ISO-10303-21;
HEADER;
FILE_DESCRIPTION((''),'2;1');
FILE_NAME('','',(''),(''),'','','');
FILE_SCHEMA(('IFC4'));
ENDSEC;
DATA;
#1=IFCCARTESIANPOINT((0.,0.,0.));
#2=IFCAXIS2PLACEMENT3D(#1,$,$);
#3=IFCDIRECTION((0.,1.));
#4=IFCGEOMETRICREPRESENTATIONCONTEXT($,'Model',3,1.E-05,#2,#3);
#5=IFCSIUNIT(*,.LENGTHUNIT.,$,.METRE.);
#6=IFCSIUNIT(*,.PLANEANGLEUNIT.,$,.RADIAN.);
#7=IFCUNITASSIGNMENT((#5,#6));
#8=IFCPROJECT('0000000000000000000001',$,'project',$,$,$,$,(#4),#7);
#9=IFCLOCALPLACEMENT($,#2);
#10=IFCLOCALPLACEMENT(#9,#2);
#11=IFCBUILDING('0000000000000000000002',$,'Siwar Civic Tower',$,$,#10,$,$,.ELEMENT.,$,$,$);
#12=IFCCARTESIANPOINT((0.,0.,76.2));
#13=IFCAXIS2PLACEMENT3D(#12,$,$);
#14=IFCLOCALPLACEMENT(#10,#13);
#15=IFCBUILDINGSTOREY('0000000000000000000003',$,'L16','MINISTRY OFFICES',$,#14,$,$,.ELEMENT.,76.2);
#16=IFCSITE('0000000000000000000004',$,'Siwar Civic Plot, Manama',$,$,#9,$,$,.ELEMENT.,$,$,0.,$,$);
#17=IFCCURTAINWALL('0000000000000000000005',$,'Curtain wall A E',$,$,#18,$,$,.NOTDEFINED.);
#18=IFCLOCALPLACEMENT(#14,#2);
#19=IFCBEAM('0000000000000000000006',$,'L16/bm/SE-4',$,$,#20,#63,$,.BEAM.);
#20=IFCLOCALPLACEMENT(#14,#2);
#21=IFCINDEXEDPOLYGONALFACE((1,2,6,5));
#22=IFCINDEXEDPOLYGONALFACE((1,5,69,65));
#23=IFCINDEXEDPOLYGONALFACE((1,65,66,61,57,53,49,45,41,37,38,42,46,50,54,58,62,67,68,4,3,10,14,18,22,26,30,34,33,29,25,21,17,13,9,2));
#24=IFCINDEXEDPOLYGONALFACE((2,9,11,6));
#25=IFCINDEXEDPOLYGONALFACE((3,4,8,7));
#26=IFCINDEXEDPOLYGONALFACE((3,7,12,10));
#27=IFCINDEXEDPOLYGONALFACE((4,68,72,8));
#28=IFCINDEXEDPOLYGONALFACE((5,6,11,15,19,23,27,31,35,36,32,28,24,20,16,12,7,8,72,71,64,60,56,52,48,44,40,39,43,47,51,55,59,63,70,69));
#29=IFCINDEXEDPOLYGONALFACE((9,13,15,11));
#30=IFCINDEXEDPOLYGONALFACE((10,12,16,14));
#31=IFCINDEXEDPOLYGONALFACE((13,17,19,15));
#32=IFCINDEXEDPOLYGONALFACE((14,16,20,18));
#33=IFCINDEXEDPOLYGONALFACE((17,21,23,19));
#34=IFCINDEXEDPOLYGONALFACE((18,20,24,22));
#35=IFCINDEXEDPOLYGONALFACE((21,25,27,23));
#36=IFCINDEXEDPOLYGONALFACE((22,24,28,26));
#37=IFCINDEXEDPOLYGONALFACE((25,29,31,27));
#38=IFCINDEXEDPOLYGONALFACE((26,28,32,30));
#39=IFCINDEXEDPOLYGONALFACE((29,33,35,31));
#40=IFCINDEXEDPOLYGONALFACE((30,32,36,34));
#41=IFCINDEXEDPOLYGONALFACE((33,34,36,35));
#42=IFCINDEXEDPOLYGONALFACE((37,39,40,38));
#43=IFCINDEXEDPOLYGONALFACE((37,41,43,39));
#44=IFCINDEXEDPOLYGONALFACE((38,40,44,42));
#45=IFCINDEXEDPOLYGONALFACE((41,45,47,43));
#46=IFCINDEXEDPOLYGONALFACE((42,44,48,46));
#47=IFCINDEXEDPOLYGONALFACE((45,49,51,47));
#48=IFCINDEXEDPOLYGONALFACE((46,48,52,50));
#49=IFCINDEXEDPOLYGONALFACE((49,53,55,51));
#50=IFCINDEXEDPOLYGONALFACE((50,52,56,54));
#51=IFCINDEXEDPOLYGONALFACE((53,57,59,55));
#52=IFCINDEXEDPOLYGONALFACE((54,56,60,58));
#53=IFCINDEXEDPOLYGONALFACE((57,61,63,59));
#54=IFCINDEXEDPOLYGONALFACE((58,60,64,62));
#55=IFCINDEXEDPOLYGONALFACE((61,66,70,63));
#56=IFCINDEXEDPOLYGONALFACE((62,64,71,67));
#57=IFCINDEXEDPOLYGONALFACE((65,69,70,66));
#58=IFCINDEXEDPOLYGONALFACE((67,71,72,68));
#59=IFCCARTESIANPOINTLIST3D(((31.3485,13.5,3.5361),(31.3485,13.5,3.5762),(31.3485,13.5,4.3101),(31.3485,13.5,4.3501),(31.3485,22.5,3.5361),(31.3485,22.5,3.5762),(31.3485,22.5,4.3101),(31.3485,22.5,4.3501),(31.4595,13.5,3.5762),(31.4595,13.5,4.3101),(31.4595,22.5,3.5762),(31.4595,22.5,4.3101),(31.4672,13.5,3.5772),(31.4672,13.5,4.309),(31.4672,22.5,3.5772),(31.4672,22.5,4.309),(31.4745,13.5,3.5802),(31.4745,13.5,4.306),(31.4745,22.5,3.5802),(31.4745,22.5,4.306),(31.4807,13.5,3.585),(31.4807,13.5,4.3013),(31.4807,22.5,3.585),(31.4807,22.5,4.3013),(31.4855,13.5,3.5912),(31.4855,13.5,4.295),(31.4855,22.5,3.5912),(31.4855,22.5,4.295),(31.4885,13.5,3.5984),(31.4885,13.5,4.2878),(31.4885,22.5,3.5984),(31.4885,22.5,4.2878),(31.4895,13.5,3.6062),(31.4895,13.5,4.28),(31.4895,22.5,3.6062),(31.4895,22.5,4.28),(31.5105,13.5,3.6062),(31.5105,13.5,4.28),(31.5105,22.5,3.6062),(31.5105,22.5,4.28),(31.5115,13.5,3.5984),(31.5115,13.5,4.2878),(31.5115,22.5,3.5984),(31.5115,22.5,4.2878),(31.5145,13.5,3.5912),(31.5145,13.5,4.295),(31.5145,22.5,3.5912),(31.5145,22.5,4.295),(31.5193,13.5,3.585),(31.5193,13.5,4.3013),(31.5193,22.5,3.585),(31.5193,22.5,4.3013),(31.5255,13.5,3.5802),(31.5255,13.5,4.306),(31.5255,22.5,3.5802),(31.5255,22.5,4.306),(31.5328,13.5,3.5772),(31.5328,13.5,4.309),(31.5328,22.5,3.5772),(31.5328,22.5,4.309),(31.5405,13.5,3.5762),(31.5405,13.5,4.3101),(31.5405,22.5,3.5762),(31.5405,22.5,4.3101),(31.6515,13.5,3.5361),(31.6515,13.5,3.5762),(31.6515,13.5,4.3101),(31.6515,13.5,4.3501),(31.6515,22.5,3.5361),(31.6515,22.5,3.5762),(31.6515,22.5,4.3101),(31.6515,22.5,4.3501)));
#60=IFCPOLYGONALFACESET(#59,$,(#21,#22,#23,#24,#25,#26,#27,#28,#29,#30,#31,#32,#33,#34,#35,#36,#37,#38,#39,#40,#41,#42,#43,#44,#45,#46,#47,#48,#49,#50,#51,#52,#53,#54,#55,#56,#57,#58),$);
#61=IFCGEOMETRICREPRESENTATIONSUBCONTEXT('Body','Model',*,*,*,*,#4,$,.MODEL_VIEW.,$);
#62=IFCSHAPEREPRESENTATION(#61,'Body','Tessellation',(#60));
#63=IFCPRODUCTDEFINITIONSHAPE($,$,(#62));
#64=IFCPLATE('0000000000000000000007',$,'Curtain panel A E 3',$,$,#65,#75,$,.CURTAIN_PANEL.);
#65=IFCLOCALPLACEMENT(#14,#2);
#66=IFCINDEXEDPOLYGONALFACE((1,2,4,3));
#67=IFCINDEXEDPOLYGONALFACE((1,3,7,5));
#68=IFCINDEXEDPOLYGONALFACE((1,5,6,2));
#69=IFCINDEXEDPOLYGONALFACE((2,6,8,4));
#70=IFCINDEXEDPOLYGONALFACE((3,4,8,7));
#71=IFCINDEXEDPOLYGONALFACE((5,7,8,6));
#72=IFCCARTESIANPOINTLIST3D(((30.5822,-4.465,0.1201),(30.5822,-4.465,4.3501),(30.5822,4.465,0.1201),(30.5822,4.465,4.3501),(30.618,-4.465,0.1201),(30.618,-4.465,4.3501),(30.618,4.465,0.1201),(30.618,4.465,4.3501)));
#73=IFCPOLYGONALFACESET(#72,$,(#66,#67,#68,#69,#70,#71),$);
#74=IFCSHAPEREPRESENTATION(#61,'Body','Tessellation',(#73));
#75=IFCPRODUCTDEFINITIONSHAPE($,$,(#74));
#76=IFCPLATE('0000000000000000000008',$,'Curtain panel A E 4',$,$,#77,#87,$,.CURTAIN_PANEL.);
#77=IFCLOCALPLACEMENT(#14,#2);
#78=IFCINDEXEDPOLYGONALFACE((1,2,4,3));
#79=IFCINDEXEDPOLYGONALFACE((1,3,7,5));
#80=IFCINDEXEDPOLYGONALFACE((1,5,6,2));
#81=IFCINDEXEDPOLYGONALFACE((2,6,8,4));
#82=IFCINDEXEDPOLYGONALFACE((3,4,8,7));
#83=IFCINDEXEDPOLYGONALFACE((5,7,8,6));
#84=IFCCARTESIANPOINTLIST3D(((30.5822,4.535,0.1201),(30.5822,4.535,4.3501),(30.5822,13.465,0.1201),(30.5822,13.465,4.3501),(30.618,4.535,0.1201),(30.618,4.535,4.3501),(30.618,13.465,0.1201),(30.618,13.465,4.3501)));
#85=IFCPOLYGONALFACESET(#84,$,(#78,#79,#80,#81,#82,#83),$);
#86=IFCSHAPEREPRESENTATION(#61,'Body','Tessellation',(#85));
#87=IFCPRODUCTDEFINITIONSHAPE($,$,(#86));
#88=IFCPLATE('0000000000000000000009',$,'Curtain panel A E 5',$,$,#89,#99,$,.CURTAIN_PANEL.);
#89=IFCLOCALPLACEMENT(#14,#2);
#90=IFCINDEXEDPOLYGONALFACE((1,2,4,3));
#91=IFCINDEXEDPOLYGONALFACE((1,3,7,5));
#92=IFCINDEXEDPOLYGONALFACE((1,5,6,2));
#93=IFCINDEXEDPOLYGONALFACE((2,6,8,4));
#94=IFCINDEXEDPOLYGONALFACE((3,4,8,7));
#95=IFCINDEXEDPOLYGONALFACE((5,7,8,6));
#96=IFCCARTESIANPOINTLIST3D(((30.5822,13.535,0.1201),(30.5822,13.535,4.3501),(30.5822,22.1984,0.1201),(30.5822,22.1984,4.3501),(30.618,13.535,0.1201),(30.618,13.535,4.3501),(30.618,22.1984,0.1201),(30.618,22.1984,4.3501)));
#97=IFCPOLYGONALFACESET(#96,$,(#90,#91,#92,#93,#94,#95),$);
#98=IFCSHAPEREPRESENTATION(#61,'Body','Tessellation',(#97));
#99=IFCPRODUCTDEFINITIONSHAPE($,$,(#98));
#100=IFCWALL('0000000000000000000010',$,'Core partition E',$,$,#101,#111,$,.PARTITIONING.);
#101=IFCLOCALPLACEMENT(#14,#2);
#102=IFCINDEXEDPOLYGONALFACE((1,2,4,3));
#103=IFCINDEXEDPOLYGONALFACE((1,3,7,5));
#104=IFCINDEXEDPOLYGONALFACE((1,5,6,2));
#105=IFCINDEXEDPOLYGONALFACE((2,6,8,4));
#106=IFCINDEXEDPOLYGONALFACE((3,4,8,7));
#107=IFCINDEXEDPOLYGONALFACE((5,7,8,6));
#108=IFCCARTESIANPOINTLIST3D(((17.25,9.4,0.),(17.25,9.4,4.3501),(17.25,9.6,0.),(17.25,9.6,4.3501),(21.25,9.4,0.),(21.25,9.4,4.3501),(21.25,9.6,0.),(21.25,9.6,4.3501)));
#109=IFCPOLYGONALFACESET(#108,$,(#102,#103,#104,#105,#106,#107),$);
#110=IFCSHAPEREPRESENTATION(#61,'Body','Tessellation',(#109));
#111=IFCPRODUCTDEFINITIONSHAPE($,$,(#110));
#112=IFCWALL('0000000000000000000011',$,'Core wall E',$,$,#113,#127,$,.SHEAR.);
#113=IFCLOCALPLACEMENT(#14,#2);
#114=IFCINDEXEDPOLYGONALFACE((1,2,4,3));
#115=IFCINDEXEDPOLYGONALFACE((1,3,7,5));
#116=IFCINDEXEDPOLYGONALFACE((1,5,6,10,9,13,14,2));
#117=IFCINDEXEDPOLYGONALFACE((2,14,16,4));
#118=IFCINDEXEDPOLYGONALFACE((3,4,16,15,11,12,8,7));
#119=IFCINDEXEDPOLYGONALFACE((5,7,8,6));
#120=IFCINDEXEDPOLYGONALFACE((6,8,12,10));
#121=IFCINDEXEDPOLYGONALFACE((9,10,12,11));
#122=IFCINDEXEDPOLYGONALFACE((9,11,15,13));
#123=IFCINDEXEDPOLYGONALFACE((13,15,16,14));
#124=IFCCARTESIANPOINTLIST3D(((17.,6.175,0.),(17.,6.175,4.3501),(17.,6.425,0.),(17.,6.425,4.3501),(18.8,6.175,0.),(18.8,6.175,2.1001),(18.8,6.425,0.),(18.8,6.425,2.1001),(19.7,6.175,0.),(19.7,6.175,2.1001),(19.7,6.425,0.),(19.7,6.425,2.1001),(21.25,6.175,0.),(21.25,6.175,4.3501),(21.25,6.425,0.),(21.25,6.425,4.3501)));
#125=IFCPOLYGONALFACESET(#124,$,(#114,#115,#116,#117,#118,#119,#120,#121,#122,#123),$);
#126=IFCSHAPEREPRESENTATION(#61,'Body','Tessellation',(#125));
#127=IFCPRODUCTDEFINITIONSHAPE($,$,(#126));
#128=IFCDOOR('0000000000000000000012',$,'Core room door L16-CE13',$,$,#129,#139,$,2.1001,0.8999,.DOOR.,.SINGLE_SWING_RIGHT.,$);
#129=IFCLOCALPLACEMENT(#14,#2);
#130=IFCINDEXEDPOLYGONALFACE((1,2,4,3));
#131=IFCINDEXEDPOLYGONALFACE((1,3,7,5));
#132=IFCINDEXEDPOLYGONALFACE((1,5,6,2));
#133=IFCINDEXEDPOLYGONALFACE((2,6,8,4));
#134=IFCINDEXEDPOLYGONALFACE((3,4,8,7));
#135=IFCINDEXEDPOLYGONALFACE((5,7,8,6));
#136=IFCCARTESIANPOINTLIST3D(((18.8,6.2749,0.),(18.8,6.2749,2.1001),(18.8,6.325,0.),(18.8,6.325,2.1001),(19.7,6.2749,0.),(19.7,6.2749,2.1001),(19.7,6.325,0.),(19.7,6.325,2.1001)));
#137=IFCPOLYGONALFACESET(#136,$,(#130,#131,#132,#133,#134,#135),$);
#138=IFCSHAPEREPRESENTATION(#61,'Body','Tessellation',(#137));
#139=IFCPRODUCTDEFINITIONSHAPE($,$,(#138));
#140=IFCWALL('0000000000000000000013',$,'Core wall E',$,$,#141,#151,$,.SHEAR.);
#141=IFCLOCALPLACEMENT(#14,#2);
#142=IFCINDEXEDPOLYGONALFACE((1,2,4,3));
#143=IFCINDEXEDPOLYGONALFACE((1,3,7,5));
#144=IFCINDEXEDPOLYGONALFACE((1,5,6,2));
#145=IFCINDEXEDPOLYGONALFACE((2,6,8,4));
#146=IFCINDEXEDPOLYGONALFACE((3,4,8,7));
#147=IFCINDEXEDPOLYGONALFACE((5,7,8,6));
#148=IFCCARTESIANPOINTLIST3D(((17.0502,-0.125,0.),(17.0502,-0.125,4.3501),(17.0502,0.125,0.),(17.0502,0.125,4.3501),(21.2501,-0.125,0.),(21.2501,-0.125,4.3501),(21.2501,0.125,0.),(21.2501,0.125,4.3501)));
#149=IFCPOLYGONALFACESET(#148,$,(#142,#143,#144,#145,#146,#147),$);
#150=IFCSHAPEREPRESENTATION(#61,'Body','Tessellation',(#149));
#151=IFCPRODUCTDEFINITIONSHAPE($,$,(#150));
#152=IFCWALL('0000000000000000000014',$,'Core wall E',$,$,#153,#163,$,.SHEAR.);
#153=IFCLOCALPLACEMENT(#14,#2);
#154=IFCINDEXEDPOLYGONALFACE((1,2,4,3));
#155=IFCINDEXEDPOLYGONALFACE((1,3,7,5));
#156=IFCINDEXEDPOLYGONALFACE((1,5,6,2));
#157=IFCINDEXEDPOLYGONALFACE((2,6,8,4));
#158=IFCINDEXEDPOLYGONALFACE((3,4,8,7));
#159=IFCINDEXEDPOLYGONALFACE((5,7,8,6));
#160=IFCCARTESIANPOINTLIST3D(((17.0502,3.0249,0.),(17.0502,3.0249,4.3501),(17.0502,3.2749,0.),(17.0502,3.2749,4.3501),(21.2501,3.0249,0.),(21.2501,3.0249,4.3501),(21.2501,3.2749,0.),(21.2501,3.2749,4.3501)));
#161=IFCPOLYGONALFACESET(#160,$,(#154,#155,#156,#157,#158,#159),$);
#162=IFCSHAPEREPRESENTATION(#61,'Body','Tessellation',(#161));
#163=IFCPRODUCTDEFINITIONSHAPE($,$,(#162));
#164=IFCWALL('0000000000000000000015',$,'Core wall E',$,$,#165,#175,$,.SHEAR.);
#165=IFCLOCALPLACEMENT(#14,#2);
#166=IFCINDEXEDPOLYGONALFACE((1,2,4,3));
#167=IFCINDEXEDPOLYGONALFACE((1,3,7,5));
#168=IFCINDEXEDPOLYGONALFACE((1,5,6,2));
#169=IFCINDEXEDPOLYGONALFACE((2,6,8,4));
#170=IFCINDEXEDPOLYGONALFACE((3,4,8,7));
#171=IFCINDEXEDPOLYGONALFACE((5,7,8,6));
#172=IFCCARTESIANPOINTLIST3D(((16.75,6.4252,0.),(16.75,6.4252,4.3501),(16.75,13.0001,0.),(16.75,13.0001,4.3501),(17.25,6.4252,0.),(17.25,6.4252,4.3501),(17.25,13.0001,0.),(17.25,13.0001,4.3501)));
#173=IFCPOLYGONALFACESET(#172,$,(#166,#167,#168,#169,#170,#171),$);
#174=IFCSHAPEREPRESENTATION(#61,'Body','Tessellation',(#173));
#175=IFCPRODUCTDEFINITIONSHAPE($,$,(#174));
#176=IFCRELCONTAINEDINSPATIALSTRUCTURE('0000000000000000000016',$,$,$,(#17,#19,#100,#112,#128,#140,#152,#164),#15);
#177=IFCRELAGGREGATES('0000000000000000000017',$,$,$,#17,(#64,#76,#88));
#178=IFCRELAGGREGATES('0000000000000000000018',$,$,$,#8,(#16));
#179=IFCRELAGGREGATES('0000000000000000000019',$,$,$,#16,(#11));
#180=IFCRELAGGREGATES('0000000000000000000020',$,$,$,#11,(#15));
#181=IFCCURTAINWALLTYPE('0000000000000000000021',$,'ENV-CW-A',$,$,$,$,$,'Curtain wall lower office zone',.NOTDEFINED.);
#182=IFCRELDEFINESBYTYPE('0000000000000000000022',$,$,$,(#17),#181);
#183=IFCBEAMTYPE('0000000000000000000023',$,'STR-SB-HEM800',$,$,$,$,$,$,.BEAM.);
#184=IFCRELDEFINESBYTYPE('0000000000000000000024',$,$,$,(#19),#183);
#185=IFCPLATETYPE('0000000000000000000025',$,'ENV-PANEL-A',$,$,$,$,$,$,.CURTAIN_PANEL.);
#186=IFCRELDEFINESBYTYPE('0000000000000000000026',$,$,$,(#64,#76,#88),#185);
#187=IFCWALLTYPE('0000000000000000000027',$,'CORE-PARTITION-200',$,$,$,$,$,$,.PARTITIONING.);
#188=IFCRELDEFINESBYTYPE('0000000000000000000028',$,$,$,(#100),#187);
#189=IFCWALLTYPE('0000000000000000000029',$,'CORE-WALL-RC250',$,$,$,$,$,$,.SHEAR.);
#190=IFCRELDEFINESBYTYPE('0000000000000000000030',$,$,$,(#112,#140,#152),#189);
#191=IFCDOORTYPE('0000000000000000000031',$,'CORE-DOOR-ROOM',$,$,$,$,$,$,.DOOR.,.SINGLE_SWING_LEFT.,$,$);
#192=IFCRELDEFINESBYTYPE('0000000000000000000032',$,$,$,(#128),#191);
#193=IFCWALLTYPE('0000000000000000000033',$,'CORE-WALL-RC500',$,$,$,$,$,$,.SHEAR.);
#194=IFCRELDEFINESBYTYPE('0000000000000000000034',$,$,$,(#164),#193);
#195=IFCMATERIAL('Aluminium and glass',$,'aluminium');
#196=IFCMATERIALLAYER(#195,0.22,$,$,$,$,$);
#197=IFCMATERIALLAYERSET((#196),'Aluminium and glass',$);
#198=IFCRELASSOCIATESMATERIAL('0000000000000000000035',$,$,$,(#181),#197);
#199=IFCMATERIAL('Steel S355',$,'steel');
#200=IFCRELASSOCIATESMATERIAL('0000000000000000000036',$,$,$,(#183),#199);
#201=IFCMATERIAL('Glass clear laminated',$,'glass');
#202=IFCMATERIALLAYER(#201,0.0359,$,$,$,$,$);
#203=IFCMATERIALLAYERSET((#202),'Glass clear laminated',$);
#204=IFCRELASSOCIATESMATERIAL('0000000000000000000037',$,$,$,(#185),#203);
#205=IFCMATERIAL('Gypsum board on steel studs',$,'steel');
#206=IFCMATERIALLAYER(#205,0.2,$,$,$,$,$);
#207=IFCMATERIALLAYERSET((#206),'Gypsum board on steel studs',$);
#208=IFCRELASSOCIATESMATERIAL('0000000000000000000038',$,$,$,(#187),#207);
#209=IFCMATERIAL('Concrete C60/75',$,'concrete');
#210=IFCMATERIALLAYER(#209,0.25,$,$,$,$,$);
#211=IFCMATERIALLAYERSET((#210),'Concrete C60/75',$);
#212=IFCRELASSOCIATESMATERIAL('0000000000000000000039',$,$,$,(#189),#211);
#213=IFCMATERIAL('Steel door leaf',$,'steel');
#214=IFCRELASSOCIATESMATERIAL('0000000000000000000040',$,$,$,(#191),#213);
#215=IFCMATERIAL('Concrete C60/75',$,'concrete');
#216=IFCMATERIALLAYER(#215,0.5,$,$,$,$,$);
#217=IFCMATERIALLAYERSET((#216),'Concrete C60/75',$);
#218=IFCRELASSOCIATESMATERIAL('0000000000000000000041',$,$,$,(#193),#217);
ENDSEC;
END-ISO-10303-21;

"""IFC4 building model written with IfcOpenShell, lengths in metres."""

from ifc_helpers import new_model, si_unit, direction, frame, frame_2d, origin, origin_2d, place, context, subcontext, project, spatial, rectangle, i_section, extrude, material, layer, layer_set, material_profile, profile_set, type_object, element, fill, aggregate, save


model = new_model("IFC4")

# Units and contexts
model_context = context("Model", 3, precision=1e-05, world=origin(), true_north=direction((0.0, 1.0)))
body_context = subcontext(model_context, "Body", "Model", "MODEL_VIEW")
ifc_project = project(units=[si_unit("LENGTHUNIT", "METRE"), si_unit("PLANEANGLEUNIT", "RADIAN")], contexts=[model_context])

# Site, building, storey
site_placement = place(None, origin())
site = spatial("IfcSite", under=ifc_project, at=site_placement, Name="Siwar Civic Plot, Manama", CompositionType="ELEMENT", RefElevation=0.0)
building_placement = place(site_placement, origin())
building = spatial("IfcBuilding", under=site, at=building_placement, Name="Siwar Civic Tower", CompositionType="ELEMENT")
storey_placement = place(building_placement, frame((0.0, 0.0, 76.2)))
storey = spatial("IfcBuildingStorey", under=building, at=storey_placement, Name="L16", Description="MINISTRY OFFICES", CompositionType="ELEMENT", Elevation=76.2)

# Curtain wall
ifc_material_1 = material(Name="Aluminium and glass", Category="aluminium")
ifc_layer_1 = layer(ifc_material_1, 0.22)
ifc_layer_set_1 = layer_set([ifc_layer_1], Name="Aluminium and glass")
curtain_wall_type = type_object("IfcCurtainWallType", Name="ENV-CW-A", ElementType="Curtain wall lower office zone", PredefinedType="NOTDEFINED", material=ifc_layer_set_1)
curtain_wall_placement = place(storey_placement, origin())
curtain_wall = element("IfcCurtainWall", 1, at=curtain_wall_placement, inside=storey, type_object=curtain_wall_type, Name="Curtain wall A E", PredefinedType="NOTDEFINED")

# Beam
ifc_material_2 = material(Name="Steel S355", Category="steel")
ifc_material_profile_1 = material_profile(ifc_material_2, i_section(OverallWidth=0.303, OverallDepth=0.814, WebThickness=0.021, FlangeThickness=0.04, FilletRadius=0.03, at=origin_2d()), Name="HEM800")
ifc_profile_set_1 = profile_set([ifc_material_profile_1], Name="Steel S355")
beam_type_1 = type_object("IfcBeamType", Name="STR-SB-HEM800", PredefinedType="BEAM", material=ifc_profile_set_1)
for number, where, z_axis, x_axis, name in (
    (2, (31.5, 13.5, 3.9431), (0.0, 1.0, 0.0), (-1.0, 0.0, 0.0), "L16/bm/SE-4"),
):
    element("IfcBeam", number, at=place(storey_placement, frame(where, z_axis=z_axis, x_axis=x_axis)), inside=storey, type_object=beam_type_1, Name=name, PredefinedType="BEAM", context=body_context, shape_type="SweptSolid", body=[
        extrude(i_section(OverallWidth=0.303, OverallDepth=0.814, WebThickness=0.021, FlangeThickness=0.04, FilletRadius=0.03, at=origin_2d()), origin(), (0.0, 0.0, 1.0), 9.0),
    ])

# Plates
ifc_material_3 = material(Name="Glass clear laminated", Category="glass")
ifc_layer_2 = layer(ifc_material_3, 0.0359)
ifc_layer_set_2 = layer_set([ifc_layer_2], Name="Glass clear laminated")
plate_type = type_object("IfcPlateType", Name="ENV-PANEL-A", PredefinedType="CURTAIN_PANEL", material=ifc_layer_set_2)
plate_1_placement = place(storey_placement, frame((30.6001, 0.0, 0.1201), z_axis=(0.0, 0.0, 1.0), x_axis=(0.0, 1.0, 0.0)))
plate_1 = element("IfcPlate", 3, at=plate_1_placement, type_object=plate_type, Name="Curtain panel A E 3", PredefinedType="CURTAIN_PANEL", context=body_context, shape_type="SweptSolid", body=[
    extrude(rectangle(XDim=8.9299, YDim=0.0359, at=origin_2d()), origin(), (0.0, 0.0, 1.0), 4.23),
])
plate_2_placement = place(storey_placement, frame((30.6001, 9.0, 0.1201), z_axis=(0.0, 0.0, 1.0), x_axis=(0.0, 1.0, 0.0)))
plate_2 = element("IfcPlate", 4, at=plate_2_placement, type_object=plate_type, Name="Curtain panel A E 4", PredefinedType="CURTAIN_PANEL", context=body_context, shape_type="SweptSolid", body=[
    extrude(rectangle(XDim=8.9299, YDim=0.0359, at=origin_2d()), origin(), (0.0, 0.0, 1.0), 4.23),
])
plate_3_placement = place(storey_placement, frame((30.6001, 17.8667, 0.1201), z_axis=(0.0, 0.0, 1.0), x_axis=(0.0, 1.0, 0.0)))
plate_3 = element("IfcPlate", 5, at=plate_3_placement, type_object=plate_type, Name="Curtain panel A E 5", PredefinedType="CURTAIN_PANEL", context=body_context, shape_type="SweptSolid", body=[
    extrude(rectangle(XDim=8.6633, YDim=0.0359, at=origin_2d()), origin(), (0.0, 0.0, 1.0), 4.23),
])
aggregate(curtain_wall, [plate_1, plate_2, plate_3])

# Wall
ifc_material_4 = material(Name="Gypsum board on steel studs", Category="steel")
ifc_layer_3 = layer(ifc_material_4, 0.2)
ifc_layer_set_3 = layer_set([ifc_layer_3], Name="Gypsum board on steel studs")
wall_type_1 = type_object("IfcWallType", Name="CORE-PARTITION-200", PredefinedType="PARTITIONING", material=ifc_layer_set_3)
wall_1_placement = place(storey_placement, frame((17.25, 9.5, 0.0), z_axis=(0.0, 0.0, 1.0), x_axis=(1.0, 0.0, 0.0)))
element("IfcWall", 6, at=wall_1_placement, inside=storey, type_object=wall_type_1, Name="Core partition E", PredefinedType="PARTITIONING", context=body_context, shape_type="SweptSolid", body=[
    extrude(rectangle(XDim=4.0, YDim=0.2, at=frame_2d((2.0, 0.0))), origin(), (0.0, 0.0, 1.0), 4.3501),
])

# Wall, opening, door
ifc_material_5 = material(Name="Concrete C60/75", Category="concrete")
ifc_layer_4 = layer(ifc_material_5, 0.25)
ifc_layer_set_4 = layer_set([ifc_layer_4], Name="Concrete C60/75")
wall_type_2 = type_object("IfcWallType", Name="CORE-WALL-RC250", PredefinedType="SHEAR", material=ifc_layer_set_4)
wall_2_placement = place(storey_placement, frame((17.0, 6.3, 0.0), z_axis=(0.0, 0.0, 1.0), x_axis=(1.0, 0.0, 0.0)))
wall_2 = element("IfcWall", 7, at=wall_2_placement, inside=storey, type_object=wall_type_2, Name="Core wall E", PredefinedType="SHEAR", context=body_context, shape_type="SweptSolid", body=[
    extrude(rectangle(XDim=4.25, YDim=0.25, at=frame_2d((2.125, 0.0))), origin(), (0.0, 0.0, 1.0), 4.3501),
])
opening_placement = place(wall_2_placement, frame((1.8, 0.0, 0.0)))
opening = element("IfcOpeningElement", 8, at=opening_placement, cuts=wall_2, PredefinedType="OPENING", context=body_context, shape_type="SweptSolid", body=[
    extrude(rectangle(XDim=0.8999, YDim=2.1001, at=frame_2d((0.45, 1.05))), frame((0.0, 0.135, 0.0), z_axis=(0.0, -1.0, 0.0), x_axis=(1.0, 0.0, 0.0)), (0.0, 0.0, 1.0), 0.27),
])
ifc_material_6 = material(Name="Steel door leaf", Category="steel")
door_type = type_object("IfcDoorType", Name="CORE-DOOR-ROOM", OperationType="SINGLE_SWING_LEFT", PredefinedType="DOOR", material=ifc_material_6)
door_placement = place(opening_placement, origin())
door = element("IfcDoor", 9, at=door_placement, inside=storey, type_object=door_type, Name="Core room door L16-CE13", OperationType="SINGLE_SWING_RIGHT", OverallHeight=2.1001, OverallWidth=0.8999, PredefinedType="DOOR", context=body_context, shape_type="SweptSolid", body=[
    extrude(rectangle(XDim=0.8999, YDim=2.1001, at=frame_2d((0.45, 1.05))), frame((0.0, 0.0249, 0.0), z_axis=(0.0, -1.0, 0.0), x_axis=(1.0, 0.0, 0.0)), (0.0, 0.0, 1.0), 0.05),
])
fill(opening, door)

# Walls
for number, where, z_axis, x_axis, name in (
    (10, (17.05, 0.0, 0.0), (0.0, 0.0, 1.0), (1.0, 0.0, 0.0), "Core wall E"),
    (11, (17.05, 3.1499, 0.0), (0.0, 0.0, 1.0), (1.0, 0.0, 0.0), "Core wall E"),
):
    element("IfcWall", number, at=place(storey_placement, frame(where, z_axis=z_axis, x_axis=x_axis)), inside=storey, type_object=wall_type_2, Name=name, PredefinedType="SHEAR", context=body_context, shape_type="SweptSolid", body=[
        extrude(rectangle(XDim=4.2, YDim=0.25, at=frame_2d((2.1001, 0.0))), origin(), (0.0, 0.0, 1.0), 4.3501),
    ])
ifc_material_7 = material(Name="Concrete C60/75", Category="concrete")
ifc_layer_5 = layer(ifc_material_7, 0.5)
ifc_layer_set_5 = layer_set([ifc_layer_5], Name="Concrete C60/75")
wall_type_3 = type_object("IfcWallType", Name="CORE-WALL-RC500", PredefinedType="SHEAR", material=ifc_layer_set_5)
wall_3_placement = place(storey_placement, frame((17.0, 6.425, 0.0), z_axis=(0.0, 0.0, 1.0), x_axis=(0.0, 1.0, 0.0)))
element("IfcWall", 12, at=wall_3_placement, inside=storey, type_object=wall_type_3, Name="Core wall E", PredefinedType="SHEAR", context=body_context, shape_type="SweptSolid", body=[
    extrude(rectangle(XDim=6.575, YDim=0.5, at=frame_2d((3.2876, 0.0))), origin(), (0.0, 0.0, 1.0), 4.3501),
])

save(model, "model.ifc")
